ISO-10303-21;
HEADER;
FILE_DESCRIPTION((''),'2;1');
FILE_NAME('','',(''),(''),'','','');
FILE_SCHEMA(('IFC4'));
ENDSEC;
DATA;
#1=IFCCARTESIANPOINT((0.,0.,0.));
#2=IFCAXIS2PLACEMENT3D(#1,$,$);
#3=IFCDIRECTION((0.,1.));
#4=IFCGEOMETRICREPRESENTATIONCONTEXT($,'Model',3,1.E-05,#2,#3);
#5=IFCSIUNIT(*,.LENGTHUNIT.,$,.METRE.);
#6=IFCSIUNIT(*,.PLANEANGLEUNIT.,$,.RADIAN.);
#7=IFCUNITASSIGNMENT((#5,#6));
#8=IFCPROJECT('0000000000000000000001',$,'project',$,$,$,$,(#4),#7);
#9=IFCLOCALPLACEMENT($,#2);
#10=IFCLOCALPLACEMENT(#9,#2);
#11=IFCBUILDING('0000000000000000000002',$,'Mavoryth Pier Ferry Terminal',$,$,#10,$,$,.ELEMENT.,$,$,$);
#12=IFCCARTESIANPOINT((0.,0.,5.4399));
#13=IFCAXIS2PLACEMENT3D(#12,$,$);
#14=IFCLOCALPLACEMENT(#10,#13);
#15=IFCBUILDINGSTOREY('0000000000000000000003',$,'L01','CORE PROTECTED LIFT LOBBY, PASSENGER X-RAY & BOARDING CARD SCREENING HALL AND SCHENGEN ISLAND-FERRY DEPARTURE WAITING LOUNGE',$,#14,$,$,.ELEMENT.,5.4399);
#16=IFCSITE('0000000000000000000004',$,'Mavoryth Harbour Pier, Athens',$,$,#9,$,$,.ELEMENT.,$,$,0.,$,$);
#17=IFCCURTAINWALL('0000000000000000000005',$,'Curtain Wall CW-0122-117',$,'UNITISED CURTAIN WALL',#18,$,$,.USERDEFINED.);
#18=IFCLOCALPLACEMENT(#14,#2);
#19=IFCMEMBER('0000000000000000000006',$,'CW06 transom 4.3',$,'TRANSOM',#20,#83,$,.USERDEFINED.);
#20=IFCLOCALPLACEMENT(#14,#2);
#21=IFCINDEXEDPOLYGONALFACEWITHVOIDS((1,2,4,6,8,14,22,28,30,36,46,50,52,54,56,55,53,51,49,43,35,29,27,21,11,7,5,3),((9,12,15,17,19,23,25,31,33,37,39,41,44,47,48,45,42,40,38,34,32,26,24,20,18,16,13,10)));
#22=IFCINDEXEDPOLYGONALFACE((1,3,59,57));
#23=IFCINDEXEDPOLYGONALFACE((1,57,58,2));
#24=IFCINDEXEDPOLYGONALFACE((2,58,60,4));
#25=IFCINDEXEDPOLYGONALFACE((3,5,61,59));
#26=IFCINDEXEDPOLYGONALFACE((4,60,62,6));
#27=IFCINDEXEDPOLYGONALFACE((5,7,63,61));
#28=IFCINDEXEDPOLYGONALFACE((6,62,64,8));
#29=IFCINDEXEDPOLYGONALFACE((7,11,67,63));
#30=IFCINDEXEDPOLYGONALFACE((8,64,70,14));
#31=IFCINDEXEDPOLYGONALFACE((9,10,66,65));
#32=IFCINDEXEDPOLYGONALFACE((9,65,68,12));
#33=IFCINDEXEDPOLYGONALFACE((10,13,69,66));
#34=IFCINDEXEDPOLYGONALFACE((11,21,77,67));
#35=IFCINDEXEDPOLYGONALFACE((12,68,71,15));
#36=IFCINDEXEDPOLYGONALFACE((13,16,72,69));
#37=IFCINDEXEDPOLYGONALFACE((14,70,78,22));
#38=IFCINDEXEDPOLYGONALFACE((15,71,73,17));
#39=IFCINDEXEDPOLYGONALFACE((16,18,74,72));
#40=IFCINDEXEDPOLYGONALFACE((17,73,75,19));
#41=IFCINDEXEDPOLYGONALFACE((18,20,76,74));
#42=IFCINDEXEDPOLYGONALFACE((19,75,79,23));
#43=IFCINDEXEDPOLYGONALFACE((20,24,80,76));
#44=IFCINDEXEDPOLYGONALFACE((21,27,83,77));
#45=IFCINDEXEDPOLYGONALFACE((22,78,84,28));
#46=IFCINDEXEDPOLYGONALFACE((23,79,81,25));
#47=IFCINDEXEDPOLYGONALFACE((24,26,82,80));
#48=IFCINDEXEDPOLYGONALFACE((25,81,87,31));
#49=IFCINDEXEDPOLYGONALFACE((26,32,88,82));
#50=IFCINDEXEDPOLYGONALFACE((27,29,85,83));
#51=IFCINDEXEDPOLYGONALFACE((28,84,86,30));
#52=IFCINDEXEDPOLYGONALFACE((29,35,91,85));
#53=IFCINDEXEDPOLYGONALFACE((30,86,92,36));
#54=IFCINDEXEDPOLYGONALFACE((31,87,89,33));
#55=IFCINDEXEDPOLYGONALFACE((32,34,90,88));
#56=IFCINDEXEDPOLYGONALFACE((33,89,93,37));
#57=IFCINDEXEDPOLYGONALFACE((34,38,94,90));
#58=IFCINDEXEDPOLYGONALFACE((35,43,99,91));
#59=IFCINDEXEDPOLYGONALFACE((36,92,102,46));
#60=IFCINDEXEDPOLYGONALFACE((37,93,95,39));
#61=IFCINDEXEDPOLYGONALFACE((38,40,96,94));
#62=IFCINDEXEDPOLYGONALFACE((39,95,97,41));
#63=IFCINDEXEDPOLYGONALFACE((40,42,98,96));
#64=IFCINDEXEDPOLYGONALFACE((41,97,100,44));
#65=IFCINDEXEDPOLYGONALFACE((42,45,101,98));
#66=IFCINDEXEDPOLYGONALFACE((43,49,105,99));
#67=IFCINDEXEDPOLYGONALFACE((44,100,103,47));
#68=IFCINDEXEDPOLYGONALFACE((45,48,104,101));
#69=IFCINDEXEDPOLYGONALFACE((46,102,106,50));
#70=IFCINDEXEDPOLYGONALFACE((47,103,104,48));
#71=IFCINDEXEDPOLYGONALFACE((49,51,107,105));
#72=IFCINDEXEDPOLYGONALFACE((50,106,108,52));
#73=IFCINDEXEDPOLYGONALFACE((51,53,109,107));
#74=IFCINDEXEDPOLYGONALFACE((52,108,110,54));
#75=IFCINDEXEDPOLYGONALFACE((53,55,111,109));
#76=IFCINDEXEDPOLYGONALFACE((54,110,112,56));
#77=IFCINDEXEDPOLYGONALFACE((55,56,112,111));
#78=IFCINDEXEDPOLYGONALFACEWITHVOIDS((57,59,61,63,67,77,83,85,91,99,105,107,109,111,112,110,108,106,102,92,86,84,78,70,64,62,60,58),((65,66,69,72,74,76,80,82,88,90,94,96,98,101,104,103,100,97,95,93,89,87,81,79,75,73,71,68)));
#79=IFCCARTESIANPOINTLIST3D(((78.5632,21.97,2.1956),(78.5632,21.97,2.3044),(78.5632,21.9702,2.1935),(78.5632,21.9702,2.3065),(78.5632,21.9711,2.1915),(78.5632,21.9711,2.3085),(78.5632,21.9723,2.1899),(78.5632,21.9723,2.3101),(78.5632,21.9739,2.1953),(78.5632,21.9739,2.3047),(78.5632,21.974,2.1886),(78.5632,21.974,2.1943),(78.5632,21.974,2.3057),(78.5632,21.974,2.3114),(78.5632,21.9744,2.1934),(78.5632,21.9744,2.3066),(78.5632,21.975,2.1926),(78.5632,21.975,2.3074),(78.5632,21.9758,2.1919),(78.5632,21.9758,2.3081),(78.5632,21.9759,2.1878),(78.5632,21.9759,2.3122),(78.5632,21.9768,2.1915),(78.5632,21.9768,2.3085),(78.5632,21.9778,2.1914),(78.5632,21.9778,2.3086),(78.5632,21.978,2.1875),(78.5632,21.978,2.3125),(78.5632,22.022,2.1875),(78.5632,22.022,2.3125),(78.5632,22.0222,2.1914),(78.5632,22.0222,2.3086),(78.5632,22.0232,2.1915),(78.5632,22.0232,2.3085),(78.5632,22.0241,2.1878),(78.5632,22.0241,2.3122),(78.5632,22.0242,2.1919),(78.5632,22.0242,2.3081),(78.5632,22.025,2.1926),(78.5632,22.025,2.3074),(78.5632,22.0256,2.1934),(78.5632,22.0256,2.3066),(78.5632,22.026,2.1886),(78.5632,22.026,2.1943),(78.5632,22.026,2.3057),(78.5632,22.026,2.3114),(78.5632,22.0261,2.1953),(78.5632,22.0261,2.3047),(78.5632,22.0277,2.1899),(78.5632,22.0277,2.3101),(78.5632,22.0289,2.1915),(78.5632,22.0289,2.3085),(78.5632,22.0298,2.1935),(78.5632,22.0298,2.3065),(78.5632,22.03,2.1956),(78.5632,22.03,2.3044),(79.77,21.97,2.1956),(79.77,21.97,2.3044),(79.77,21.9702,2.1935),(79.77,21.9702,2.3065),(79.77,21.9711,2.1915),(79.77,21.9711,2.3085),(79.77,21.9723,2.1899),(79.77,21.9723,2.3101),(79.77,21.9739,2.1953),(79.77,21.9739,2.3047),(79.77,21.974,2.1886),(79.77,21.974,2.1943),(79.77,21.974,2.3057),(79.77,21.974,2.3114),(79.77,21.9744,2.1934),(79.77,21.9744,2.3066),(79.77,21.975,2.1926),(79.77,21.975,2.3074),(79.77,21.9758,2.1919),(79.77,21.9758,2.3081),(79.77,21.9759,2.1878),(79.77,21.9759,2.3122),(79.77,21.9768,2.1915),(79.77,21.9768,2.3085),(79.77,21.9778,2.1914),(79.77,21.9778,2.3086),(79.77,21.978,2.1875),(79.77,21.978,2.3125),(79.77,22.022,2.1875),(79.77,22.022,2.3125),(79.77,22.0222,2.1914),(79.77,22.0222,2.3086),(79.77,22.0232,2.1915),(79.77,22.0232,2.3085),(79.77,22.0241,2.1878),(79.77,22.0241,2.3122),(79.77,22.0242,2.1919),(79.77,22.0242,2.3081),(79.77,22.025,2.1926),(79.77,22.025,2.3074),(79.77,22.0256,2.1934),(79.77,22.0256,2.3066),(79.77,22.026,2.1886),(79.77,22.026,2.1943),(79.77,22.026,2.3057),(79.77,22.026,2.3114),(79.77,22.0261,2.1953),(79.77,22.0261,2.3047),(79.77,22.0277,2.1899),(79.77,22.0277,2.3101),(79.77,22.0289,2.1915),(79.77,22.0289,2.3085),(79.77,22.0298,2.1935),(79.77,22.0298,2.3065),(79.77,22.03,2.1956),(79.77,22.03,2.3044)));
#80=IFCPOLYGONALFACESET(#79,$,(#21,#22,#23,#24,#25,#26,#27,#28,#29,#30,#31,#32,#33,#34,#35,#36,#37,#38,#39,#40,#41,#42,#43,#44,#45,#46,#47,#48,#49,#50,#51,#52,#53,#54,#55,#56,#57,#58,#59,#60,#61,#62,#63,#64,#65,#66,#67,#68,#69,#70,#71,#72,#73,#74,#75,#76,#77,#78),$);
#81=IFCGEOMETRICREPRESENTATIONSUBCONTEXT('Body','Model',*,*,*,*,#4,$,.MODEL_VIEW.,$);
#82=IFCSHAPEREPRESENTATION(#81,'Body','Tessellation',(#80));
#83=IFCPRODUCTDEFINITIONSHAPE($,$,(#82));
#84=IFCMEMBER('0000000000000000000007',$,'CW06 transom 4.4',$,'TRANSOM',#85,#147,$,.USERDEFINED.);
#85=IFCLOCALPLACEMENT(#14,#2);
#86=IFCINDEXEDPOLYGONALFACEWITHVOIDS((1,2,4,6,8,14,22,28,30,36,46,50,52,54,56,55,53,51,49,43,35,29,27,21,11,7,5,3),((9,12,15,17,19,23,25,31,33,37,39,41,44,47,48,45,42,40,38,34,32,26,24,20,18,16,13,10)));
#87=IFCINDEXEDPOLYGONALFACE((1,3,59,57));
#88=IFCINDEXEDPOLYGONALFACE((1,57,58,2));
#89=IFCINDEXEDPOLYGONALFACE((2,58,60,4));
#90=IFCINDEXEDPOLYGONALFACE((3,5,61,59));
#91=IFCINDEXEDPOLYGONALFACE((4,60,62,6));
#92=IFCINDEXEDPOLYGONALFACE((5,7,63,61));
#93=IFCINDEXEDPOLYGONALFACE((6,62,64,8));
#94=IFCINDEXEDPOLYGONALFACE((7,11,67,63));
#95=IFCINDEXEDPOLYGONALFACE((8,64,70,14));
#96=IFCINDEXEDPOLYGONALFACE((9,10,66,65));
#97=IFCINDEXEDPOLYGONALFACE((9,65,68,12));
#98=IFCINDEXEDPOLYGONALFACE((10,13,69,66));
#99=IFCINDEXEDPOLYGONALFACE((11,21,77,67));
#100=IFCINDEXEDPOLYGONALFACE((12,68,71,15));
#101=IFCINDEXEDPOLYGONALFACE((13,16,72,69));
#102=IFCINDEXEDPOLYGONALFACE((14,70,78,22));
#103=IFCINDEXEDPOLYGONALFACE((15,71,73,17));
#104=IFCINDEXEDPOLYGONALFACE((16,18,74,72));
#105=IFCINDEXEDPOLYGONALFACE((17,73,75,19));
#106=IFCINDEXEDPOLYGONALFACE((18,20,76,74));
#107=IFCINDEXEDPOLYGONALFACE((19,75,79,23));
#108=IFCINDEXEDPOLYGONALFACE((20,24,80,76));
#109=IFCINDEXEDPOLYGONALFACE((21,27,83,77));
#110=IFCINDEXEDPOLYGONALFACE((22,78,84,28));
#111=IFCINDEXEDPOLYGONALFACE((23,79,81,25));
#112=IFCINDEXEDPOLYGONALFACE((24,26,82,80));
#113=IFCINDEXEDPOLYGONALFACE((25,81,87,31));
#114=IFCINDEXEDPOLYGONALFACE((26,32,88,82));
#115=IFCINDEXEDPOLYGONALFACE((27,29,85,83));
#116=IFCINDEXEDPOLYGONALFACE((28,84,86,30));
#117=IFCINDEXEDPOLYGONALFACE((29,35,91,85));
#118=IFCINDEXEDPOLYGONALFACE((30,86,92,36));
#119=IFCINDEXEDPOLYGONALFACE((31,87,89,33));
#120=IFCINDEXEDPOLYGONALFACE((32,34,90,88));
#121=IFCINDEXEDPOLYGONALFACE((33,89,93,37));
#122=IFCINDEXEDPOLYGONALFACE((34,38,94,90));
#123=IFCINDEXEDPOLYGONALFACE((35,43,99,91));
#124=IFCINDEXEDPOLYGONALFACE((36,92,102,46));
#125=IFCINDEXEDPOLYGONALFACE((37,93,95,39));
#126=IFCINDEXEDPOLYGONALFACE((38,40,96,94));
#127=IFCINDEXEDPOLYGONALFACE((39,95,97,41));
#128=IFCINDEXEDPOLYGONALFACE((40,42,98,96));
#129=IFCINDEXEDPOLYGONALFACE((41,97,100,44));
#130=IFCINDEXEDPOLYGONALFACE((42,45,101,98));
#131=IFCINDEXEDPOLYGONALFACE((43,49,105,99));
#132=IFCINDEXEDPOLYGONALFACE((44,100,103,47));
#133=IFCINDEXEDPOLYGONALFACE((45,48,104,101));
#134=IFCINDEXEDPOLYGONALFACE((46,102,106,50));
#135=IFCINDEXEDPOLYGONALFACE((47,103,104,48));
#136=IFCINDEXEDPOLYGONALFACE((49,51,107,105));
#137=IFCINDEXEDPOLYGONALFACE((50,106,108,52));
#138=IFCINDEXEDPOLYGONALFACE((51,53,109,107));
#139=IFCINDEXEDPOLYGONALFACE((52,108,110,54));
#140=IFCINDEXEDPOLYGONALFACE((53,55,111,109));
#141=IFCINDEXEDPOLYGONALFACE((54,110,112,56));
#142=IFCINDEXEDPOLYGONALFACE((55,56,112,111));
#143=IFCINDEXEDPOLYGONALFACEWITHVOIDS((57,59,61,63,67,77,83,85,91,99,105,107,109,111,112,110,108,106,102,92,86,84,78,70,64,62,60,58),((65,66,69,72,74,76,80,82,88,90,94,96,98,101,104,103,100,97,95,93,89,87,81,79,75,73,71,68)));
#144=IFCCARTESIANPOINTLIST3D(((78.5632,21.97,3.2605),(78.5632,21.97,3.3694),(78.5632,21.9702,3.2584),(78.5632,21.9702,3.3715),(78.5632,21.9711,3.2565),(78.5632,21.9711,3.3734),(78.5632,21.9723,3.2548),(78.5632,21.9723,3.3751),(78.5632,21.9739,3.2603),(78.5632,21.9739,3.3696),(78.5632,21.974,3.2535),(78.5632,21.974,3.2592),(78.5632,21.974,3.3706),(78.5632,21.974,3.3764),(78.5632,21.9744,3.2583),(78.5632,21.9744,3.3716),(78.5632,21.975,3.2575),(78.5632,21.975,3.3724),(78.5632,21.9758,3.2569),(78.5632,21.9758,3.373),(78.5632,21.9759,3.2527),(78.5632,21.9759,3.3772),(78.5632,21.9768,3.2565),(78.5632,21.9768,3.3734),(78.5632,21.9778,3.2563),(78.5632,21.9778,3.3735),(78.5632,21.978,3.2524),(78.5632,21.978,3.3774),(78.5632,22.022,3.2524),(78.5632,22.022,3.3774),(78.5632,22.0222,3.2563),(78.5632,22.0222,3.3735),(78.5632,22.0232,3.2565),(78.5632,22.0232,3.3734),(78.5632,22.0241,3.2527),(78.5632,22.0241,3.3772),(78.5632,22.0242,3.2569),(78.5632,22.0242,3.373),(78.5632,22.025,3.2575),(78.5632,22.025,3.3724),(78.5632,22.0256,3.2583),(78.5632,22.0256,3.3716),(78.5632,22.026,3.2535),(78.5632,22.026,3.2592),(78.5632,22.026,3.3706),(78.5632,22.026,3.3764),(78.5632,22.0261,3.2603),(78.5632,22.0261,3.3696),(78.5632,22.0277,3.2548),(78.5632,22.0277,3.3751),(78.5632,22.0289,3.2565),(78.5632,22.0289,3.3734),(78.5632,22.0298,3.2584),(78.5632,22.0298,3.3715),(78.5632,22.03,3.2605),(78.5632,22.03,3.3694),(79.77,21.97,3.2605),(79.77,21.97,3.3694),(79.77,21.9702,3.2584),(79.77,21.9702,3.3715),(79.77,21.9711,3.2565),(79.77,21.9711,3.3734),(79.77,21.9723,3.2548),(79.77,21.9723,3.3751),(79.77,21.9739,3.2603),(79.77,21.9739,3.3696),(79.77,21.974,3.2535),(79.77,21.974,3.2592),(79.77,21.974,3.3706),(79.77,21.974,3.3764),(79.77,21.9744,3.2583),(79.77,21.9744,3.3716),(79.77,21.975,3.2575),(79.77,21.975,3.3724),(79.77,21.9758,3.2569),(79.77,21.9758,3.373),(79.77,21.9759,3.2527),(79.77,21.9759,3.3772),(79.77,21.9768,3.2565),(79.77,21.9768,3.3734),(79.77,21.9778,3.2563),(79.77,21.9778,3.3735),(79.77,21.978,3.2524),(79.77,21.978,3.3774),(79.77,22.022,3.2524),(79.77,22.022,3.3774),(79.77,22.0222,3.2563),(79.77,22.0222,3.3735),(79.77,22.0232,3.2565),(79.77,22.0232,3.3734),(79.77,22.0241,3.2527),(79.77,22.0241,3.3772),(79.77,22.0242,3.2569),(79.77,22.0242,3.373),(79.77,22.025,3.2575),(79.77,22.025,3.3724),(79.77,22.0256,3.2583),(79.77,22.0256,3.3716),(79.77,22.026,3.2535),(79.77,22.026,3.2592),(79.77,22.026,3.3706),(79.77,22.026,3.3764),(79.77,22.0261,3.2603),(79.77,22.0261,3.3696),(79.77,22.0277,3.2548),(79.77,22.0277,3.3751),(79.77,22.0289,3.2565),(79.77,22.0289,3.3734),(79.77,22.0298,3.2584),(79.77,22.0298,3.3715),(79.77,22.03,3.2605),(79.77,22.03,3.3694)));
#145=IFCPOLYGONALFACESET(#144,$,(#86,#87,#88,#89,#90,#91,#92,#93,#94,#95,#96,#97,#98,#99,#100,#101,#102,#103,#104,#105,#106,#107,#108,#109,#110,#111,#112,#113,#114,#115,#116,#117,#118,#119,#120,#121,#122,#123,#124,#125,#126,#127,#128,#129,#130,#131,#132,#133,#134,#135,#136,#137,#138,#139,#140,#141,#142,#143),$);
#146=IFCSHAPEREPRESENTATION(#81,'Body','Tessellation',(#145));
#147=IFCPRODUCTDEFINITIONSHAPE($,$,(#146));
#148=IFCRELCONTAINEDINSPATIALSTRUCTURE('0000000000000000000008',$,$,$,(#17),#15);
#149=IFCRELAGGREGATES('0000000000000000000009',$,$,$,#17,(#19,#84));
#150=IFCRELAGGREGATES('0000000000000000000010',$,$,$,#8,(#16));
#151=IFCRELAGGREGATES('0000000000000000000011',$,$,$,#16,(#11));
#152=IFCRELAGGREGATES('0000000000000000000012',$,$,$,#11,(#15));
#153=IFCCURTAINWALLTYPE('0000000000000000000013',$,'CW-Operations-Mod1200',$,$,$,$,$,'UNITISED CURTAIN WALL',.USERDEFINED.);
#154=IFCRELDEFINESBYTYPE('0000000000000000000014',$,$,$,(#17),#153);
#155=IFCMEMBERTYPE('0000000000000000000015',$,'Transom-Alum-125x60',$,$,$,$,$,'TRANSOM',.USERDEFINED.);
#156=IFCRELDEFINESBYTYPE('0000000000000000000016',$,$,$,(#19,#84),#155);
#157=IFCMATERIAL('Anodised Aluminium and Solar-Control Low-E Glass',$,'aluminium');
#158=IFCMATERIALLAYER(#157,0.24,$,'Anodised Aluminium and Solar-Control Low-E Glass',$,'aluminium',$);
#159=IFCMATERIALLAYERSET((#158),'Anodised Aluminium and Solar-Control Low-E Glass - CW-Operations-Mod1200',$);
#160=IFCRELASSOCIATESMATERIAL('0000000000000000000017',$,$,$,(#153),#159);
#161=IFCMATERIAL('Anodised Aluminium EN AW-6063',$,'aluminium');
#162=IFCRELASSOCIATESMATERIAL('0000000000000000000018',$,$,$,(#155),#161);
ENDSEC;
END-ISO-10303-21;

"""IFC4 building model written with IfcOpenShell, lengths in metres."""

from ifc_helpers import new_model, si_unit, direction, frame, origin, origin_2d, place, context, subcontext, project, spatial, hollow_rectangle, extrude, material, layer, layer_set, material_profile, profile_set, type_object, element, aggregate, save


model = new_model("IFC4")

# Units and contexts
model_context = context("Model", 3, precision=1e-05, world=origin(), true_north=direction((0.0, 1.0)))
body_context = subcontext(model_context, "Body", "Model", "MODEL_VIEW")
ifc_project = project(units=[si_unit("LENGTHUNIT", "METRE"), si_unit("PLANEANGLEUNIT", "RADIAN")], contexts=[model_context])

# Site, building, storey
site_placement = place(None, origin())
site = spatial("IfcSite", under=ifc_project, at=site_placement, Name="Mavoryth Harbour Pier, Athens", CompositionType="ELEMENT", RefElevation=0.0)
building_placement = place(site_placement, origin())
building = spatial("IfcBuilding", under=site, at=building_placement, Name="Mavoryth Pier Ferry Terminal", CompositionType="ELEMENT")
storey_placement = place(building_placement, frame((0.0, 0.0, 5.4399)))
storey = spatial("IfcBuildingStorey", under=building, at=storey_placement, Name="L01", Description="CORE PROTECTED LIFT LOBBY, PASSENGER X-RAY & BOARDING CARD SCREENING HALL AND SCHENGEN ISLAND-FERRY DEPARTURE WAITING LOUNGE", CompositionType="ELEMENT", Elevation=5.4399)

# Curtain wall
ifc_material_1 = material(Name="Anodised Aluminium and Solar-Control Low-E Glass", Category="aluminium")
ifc_layer_1 = layer(ifc_material_1, 0.24, Name="Anodised Aluminium and Solar-Control Low-E Glass", Category="aluminium")
ifc_layer_set_1 = layer_set([ifc_layer_1], Name="Anodised Aluminium and Solar-Control Low-E Glass - CW-Operations-Mod1200")
curtain_wall_type = type_object("IfcCurtainWallType", Name="CW-Operations-Mod1200", ElementType="UNITISED CURTAIN WALL", PredefinedType="USERDEFINED", material=ifc_layer_set_1)
ifc_material_2 = material(Name="Anodised Aluminium EN AW-6063", Category="aluminium")
curtain_wall_1_placement = place(storey_placement, origin())
curtain_wall_1 = element("IfcCurtainWall", 1, at=curtain_wall_1_placement, inside=storey, type_object=curtain_wall_type, Name="Curtain Wall CW-0122-117", ObjectType="UNITISED CURTAIN WALL", PredefinedType="USERDEFINED")

# Members
ifc_material_profile_1 = material_profile(ifc_material_2, hollow_rectangle(XDim=0.0601, YDim=0.125, WallThickness=0.0039, InnerFilletRadius=0.0039, OuterFilletRadius=0.0081, at=origin_2d()), Name="AL-TRAN 125x60x4", Category="aluminium")
ifc_profile_set_1 = profile_set([ifc_material_profile_1], Name="Anodised Aluminium EN AW-6063 - AL-TRAN 125x60x4")
member_type_1 = type_object("IfcMemberType", Name="Transom-Alum-125x60", ElementType="TRANSOM", PredefinedType="USERDEFINED", material=ifc_profile_set_1)
member_1_placement = place(storey_placement, frame((79.77, 22.0, 2.25), z_axis=(-1.0, 0.0, 0.0), x_axis=(0.0, -1.0, 0.0)))
member_1 = element("IfcMember", 2, at=member_1_placement, type_object=member_type_1, Name="CW06 transom 4.3", ObjectType="TRANSOM", PredefinedType="USERDEFINED", context=body_context, shape_type="SweptSolid", body=[
    extrude(hollow_rectangle(XDim=0.0601, YDim=0.125, WallThickness=0.0039, InnerFilletRadius=0.0039, OuterFilletRadius=0.0081, at=origin_2d()), origin(), (0.0, 0.0, 1.0), 1.2068),
])
member_2_placement = place(storey_placement, frame((79.77, 22.0, 3.3149), z_axis=(-1.0, 0.0, 0.0), x_axis=(0.0, -1.0, 0.0)))
member_2 = element("IfcMember", 3, at=member_2_placement, type_object=member_type_1, Name="CW06 transom 4.4", ObjectType="TRANSOM", PredefinedType="USERDEFINED", context=body_context, shape_type="SweptSolid", body=[
    extrude(hollow_rectangle(XDim=0.0601, YDim=0.125, WallThickness=0.0039, InnerFilletRadius=0.0039, OuterFilletRadius=0.0081, at=origin_2d()), origin(), (0.0, 0.0, 1.0), 1.2068),
])

aggregate(curtain_wall_1, [member_1, member_2])

save(model, "model.ifc")
